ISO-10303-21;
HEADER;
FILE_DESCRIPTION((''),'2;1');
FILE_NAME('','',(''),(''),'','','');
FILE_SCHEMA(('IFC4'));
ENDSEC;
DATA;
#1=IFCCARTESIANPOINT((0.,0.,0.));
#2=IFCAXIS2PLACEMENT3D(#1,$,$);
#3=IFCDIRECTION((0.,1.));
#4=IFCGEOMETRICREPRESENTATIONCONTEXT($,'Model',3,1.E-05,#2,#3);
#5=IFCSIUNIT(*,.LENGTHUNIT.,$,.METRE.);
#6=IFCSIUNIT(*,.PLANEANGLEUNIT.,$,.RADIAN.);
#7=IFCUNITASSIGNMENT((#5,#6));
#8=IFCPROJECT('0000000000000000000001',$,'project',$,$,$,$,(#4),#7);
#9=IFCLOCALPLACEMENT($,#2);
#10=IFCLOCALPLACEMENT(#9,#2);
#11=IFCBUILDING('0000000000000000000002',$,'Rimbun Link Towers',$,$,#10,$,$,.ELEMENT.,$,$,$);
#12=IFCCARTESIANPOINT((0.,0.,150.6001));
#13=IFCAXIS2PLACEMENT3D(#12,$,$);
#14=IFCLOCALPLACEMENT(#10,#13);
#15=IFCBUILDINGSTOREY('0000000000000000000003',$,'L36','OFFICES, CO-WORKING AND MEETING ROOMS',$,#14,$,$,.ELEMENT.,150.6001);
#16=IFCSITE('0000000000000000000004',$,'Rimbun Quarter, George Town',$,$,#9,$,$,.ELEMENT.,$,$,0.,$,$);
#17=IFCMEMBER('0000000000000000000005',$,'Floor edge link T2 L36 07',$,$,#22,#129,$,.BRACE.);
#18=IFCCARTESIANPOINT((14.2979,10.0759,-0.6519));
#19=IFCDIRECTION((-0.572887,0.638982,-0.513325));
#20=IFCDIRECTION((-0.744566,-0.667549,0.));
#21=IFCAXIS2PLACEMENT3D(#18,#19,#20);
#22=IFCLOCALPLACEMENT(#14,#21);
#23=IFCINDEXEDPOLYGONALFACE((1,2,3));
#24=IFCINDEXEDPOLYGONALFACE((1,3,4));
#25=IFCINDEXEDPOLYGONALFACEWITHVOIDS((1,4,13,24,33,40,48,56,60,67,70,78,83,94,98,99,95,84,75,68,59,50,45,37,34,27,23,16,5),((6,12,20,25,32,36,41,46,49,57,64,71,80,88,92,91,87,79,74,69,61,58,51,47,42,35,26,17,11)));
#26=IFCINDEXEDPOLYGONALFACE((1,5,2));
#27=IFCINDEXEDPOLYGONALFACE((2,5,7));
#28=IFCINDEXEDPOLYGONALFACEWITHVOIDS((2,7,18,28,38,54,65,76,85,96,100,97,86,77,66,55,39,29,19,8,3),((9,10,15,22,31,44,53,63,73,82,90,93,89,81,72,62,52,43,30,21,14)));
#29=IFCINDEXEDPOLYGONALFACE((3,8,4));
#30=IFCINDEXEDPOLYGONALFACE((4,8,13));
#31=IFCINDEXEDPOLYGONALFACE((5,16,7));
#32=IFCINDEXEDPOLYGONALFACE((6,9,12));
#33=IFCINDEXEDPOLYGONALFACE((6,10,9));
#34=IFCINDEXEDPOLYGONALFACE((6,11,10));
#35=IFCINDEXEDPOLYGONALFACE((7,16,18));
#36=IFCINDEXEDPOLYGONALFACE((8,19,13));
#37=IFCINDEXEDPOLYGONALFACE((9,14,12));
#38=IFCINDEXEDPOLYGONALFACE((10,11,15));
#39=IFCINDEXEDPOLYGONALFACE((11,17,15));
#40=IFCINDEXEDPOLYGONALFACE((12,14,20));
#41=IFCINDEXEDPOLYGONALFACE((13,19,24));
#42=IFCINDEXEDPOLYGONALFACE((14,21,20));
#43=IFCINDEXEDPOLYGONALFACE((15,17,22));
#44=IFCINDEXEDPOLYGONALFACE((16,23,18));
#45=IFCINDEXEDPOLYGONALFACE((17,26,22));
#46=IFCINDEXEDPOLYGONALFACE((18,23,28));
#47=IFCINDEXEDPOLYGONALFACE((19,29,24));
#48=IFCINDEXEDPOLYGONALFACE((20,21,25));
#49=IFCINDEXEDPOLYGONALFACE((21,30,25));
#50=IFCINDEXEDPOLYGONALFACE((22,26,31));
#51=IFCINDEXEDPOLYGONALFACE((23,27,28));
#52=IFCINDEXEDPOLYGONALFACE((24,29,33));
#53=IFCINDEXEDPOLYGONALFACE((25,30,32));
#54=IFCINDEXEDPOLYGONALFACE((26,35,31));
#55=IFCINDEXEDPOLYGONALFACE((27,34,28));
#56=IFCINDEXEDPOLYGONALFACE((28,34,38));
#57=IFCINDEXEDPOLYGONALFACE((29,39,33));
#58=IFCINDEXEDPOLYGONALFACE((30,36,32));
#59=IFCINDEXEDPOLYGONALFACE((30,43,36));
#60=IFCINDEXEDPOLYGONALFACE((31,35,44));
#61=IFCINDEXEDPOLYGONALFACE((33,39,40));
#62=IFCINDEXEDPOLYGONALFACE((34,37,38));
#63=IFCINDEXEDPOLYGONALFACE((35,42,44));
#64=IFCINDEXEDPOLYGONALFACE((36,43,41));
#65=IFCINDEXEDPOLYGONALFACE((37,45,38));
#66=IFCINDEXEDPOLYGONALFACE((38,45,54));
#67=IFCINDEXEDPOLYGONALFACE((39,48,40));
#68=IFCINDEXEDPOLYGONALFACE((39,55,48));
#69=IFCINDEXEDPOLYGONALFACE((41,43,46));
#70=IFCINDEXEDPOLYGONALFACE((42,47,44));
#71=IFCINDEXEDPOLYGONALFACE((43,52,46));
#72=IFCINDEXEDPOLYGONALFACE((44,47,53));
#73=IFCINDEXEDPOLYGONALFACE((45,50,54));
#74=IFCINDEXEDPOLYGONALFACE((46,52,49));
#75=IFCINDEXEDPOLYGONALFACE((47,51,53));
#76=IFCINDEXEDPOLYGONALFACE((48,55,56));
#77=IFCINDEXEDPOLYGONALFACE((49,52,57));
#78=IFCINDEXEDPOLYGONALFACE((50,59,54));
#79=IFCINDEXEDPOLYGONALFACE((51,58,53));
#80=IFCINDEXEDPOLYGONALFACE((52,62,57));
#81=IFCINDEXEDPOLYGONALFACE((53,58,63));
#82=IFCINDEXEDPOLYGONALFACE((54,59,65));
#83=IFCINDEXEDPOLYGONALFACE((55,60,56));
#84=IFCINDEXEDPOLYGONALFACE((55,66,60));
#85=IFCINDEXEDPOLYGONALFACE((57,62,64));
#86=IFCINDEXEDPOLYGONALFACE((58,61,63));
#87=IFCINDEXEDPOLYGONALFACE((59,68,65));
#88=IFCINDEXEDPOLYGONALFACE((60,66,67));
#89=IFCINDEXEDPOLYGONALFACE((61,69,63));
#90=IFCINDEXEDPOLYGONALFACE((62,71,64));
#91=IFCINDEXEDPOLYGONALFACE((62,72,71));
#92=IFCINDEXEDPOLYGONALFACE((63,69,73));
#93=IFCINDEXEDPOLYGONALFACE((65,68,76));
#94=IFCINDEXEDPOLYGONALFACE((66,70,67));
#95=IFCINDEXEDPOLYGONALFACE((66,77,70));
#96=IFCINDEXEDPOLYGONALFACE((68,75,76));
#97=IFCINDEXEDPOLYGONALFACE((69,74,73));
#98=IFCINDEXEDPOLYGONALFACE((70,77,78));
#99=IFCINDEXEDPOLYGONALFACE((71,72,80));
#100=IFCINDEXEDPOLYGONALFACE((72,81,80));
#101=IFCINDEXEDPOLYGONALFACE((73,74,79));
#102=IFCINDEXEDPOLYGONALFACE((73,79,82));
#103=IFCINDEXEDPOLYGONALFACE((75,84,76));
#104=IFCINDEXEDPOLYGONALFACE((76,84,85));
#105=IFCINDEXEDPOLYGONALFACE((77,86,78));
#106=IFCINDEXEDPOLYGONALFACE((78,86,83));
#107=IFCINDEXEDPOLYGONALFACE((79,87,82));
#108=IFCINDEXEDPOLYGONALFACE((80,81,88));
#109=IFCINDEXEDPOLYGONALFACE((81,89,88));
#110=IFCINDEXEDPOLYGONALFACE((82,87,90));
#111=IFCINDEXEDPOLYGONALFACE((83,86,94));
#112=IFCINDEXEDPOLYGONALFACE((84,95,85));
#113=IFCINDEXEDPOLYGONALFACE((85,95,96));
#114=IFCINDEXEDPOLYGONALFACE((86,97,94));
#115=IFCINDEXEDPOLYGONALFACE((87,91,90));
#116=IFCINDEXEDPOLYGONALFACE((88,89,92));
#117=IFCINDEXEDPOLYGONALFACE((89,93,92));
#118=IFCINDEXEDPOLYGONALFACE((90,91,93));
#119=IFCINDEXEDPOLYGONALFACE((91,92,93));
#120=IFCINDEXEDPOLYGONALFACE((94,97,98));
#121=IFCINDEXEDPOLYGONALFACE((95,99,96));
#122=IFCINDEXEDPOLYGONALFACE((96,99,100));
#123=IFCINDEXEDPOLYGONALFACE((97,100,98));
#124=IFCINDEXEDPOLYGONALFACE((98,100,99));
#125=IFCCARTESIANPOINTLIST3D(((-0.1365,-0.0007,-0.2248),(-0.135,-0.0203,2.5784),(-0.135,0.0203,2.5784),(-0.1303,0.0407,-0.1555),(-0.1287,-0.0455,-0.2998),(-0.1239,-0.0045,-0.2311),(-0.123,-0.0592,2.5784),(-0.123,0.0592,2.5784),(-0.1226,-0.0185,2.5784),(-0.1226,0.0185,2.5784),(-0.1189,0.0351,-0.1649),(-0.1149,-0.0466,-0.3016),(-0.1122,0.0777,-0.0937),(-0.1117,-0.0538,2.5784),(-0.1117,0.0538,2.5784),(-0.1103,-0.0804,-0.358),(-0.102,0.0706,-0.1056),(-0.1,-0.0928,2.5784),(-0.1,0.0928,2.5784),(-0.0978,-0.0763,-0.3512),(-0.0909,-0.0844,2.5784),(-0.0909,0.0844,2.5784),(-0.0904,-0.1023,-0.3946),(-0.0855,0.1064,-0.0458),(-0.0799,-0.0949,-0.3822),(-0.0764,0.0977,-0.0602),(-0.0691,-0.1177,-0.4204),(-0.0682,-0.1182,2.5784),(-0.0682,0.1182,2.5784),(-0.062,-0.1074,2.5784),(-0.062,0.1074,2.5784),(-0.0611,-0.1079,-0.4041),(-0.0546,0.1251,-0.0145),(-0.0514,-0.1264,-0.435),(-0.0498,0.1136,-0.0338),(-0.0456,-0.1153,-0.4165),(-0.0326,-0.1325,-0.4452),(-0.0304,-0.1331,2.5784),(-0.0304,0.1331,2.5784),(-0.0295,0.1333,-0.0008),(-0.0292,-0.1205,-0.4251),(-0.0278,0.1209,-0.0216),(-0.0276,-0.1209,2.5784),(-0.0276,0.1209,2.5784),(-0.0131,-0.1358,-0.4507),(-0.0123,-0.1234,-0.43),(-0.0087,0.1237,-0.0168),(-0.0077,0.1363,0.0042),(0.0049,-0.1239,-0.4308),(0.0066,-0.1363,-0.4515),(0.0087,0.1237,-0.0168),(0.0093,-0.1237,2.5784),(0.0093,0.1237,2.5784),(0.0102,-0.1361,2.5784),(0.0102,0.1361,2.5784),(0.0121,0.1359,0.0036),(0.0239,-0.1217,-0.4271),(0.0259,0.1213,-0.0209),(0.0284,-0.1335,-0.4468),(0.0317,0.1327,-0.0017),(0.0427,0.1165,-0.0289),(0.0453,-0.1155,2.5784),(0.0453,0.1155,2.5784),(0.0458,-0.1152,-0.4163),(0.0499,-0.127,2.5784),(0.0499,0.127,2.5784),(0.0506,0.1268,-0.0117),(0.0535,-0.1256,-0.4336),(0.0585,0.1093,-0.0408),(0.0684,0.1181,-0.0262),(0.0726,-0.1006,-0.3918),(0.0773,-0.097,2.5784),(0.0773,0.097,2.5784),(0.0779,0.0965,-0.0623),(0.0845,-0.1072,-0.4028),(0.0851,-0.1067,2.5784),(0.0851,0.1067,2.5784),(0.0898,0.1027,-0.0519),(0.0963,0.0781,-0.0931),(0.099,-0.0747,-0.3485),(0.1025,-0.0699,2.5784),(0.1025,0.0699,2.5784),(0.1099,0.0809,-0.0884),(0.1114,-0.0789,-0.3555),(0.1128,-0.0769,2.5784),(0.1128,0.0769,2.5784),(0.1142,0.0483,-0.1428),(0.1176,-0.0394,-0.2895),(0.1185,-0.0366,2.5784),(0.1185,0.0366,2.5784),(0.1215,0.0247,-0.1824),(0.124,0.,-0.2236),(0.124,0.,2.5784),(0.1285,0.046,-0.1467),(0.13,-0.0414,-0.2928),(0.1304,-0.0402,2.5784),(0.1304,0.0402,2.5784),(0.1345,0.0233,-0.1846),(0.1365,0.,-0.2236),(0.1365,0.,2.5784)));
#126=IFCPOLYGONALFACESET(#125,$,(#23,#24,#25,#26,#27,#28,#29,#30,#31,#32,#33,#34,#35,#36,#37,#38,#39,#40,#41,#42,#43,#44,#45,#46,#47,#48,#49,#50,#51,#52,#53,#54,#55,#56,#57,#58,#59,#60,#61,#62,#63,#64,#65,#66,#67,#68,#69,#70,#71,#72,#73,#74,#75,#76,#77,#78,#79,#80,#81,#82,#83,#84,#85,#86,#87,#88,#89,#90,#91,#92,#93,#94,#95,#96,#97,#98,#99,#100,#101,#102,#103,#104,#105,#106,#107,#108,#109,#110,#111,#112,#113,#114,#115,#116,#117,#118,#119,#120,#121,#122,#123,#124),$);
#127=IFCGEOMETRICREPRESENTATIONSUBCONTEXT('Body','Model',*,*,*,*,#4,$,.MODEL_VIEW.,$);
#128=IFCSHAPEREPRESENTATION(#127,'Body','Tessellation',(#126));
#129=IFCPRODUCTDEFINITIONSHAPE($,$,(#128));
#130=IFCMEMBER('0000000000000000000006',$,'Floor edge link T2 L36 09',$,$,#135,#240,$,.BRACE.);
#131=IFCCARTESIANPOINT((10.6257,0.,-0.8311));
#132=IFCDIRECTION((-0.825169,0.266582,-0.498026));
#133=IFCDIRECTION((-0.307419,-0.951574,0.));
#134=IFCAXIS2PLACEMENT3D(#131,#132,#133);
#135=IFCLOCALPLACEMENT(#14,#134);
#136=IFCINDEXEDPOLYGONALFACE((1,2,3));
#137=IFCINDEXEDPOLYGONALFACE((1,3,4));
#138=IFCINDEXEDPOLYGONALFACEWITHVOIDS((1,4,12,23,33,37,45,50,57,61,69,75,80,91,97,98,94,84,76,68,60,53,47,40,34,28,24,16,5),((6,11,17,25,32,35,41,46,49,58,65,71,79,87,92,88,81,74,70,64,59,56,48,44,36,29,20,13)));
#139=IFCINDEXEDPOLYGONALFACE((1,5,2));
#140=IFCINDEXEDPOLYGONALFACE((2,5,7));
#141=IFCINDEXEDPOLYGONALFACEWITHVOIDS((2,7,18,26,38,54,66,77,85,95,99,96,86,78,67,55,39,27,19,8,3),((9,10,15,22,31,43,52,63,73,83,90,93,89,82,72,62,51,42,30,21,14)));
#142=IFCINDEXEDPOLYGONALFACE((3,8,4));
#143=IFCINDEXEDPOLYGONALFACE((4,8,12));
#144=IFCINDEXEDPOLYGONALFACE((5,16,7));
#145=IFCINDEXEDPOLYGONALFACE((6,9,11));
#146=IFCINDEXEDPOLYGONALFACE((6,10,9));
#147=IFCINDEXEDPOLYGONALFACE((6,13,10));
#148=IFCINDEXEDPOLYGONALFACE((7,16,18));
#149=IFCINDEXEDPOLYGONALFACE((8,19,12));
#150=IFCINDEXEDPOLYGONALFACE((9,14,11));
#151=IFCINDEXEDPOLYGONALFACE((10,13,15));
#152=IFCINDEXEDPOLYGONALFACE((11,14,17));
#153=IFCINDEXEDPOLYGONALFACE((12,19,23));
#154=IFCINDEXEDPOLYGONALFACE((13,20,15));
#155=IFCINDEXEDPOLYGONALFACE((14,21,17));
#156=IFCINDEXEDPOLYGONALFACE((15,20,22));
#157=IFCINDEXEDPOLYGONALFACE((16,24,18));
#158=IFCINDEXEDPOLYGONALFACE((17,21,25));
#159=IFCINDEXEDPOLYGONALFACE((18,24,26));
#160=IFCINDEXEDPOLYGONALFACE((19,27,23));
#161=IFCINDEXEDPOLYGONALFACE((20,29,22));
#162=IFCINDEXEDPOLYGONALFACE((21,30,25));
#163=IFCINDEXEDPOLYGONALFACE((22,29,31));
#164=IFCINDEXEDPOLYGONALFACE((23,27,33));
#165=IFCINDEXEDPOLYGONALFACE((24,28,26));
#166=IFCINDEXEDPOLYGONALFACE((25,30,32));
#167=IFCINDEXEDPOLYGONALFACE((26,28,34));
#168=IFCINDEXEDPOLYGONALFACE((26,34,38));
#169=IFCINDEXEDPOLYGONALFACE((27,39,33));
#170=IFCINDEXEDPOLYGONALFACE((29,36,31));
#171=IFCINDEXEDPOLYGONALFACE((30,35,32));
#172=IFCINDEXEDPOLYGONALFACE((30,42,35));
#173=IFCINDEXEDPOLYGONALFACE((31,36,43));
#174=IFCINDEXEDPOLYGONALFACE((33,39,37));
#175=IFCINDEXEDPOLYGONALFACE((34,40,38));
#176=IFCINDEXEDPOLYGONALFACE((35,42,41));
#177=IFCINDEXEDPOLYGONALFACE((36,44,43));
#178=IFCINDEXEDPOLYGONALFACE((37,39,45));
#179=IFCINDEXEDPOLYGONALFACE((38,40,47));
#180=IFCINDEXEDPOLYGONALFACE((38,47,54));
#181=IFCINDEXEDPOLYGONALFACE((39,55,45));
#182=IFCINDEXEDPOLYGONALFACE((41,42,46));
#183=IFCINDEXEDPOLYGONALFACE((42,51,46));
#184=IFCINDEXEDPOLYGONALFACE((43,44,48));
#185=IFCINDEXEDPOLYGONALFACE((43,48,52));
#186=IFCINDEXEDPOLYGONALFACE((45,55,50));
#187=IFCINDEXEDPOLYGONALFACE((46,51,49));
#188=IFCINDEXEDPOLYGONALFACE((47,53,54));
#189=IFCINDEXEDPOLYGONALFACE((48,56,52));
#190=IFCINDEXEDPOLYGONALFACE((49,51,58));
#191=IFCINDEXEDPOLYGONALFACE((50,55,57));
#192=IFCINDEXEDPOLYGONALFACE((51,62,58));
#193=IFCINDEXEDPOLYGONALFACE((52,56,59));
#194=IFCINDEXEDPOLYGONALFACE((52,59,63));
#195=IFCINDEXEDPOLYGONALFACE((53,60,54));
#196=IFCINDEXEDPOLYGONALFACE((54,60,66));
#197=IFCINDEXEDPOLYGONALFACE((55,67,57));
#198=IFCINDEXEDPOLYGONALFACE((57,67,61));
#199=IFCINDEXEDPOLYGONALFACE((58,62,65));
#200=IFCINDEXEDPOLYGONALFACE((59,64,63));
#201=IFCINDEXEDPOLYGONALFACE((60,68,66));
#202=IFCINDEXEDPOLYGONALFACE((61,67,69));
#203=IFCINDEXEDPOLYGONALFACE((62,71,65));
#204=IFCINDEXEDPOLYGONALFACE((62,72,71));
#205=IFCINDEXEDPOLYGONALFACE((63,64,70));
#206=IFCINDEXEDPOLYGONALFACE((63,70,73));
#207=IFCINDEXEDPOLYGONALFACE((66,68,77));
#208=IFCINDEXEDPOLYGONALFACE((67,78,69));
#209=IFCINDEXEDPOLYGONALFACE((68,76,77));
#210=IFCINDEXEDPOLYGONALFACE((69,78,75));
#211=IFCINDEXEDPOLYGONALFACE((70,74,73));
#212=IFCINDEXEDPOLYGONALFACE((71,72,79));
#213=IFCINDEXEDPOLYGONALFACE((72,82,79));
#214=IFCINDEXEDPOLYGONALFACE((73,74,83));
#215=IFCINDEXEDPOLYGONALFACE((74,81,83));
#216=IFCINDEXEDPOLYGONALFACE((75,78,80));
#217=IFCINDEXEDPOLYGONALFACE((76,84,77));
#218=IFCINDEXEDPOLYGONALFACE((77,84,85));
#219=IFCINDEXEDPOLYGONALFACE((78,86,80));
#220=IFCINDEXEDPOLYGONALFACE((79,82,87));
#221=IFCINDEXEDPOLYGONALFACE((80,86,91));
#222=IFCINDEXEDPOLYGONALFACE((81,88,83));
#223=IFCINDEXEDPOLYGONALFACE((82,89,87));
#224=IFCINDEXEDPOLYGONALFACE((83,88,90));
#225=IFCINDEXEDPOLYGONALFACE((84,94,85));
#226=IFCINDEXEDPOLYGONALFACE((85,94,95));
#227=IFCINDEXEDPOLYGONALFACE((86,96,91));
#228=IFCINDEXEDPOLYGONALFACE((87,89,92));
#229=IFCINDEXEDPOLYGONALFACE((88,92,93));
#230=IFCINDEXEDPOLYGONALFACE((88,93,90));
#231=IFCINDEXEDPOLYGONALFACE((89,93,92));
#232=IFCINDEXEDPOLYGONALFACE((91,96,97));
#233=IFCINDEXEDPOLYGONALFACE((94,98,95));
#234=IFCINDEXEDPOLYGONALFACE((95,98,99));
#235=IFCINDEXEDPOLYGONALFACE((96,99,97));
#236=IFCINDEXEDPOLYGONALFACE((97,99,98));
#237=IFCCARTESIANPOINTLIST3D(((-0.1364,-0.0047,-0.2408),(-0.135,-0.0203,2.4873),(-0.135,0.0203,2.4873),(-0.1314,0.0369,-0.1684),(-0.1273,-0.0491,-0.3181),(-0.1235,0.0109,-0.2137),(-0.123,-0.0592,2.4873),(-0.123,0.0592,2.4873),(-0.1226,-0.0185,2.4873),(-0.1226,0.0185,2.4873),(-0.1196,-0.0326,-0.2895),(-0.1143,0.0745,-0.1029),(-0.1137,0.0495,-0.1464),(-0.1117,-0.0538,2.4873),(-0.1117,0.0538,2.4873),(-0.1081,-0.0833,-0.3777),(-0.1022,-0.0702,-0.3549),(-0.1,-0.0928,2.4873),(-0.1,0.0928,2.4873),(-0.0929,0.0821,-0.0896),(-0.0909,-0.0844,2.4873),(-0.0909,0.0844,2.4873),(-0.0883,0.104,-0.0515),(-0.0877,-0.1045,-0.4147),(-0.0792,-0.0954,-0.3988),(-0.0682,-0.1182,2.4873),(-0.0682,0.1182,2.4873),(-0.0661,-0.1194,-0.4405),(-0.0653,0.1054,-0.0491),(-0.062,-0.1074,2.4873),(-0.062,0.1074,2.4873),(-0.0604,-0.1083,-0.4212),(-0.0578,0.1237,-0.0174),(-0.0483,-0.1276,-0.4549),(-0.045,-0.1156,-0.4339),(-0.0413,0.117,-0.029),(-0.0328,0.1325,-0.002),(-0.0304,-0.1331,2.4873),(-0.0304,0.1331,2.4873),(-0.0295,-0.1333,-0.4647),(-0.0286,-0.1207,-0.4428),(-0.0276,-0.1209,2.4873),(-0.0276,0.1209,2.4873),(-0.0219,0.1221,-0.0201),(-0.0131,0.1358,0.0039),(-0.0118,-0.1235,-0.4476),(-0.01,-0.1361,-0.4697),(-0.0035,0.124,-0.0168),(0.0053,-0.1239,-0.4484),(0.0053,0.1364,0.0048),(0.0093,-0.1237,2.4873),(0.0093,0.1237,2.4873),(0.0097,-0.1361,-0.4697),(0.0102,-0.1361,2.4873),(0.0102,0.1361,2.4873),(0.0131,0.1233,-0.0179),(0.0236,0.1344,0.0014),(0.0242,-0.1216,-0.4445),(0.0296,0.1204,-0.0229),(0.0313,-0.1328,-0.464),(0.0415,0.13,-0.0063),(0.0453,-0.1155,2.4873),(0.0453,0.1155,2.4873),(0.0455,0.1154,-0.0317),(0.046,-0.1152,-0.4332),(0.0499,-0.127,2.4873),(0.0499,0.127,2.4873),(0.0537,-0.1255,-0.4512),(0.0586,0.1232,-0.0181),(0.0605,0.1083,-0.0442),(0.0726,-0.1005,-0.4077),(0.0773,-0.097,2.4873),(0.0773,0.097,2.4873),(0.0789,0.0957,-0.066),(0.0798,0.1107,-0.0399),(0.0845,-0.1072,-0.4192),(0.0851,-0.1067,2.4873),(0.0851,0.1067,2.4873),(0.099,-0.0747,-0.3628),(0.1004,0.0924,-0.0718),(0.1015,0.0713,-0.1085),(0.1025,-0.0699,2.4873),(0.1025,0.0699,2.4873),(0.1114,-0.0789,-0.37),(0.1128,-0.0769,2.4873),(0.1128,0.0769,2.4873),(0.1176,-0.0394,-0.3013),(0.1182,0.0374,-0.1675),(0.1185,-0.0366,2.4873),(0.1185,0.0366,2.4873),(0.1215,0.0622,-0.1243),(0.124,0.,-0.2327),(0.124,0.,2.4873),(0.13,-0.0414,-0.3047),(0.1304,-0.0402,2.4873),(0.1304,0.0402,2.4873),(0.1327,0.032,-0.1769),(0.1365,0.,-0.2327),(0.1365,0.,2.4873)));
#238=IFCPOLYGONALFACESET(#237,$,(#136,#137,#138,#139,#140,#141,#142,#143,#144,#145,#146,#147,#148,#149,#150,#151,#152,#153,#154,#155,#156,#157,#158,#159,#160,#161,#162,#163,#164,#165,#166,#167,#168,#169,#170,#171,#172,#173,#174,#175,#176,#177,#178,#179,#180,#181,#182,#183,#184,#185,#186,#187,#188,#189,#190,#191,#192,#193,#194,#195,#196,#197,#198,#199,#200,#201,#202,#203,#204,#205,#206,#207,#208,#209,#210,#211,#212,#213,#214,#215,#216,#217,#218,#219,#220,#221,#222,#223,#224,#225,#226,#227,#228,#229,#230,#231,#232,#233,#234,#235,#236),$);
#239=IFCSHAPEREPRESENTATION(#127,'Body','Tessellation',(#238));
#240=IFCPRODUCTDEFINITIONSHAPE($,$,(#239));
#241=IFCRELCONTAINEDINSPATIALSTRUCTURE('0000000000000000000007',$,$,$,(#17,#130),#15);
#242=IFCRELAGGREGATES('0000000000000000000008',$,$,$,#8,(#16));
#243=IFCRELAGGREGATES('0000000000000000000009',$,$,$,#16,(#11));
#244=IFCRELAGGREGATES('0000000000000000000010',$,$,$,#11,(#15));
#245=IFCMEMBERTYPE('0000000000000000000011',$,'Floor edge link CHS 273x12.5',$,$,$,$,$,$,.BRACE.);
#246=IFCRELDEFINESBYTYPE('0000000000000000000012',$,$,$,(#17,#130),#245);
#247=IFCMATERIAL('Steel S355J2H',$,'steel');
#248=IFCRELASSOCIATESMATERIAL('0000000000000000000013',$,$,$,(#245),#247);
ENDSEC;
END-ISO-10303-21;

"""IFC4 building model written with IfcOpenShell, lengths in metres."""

from ifc_helpers import new_model, si_unit, direction, frame, origin, origin_2d, place, context, subcontext, project, spatial, hollow_circle, extrude, clip, halfspace, material, material_profile, profile_set, type_object, element, save


model = new_model("IFC4")

# Units and contexts
model_context = context("Model", 3, precision=1e-05, world=origin(), true_north=direction((0.0, 1.0)))
body_context = subcontext(model_context, "Body", "Model", "MODEL_VIEW")
ifc_project = project(units=[si_unit("LENGTHUNIT", "METRE"), si_unit("PLANEANGLEUNIT", "RADIAN")], contexts=[model_context])

# Site, building, storey
site_placement = place(None, origin())
site = spatial("IfcSite", under=ifc_project, at=site_placement, Name="Rimbun Quarter, George Town", CompositionType="ELEMENT", RefElevation=0.0)
building_placement = place(site_placement, origin())
building = spatial("IfcBuilding", under=site, at=building_placement, Name="Rimbun Link Towers", CompositionType="ELEMENT")
storey_placement = place(building_placement, frame((0.0, 0.0, 150.6001)))
storey = spatial("IfcBuildingStorey", under=building, at=storey_placement, Name="L36", Description="OFFICES, CO-WORKING AND MEETING ROOMS", CompositionType="ELEMENT", Elevation=150.6001)

# Members
ifc_material_1 = material(Name="Steel S355J2H", Category="steel")
ifc_material_profile_1 = material_profile(ifc_material_1, hollow_circle(Radius=0.1365, WallThickness=0.0125, at=origin_2d()), Name="CHS 273x12.5")
ifc_profile_set_1 = profile_set([ifc_material_profile_1], Name="Steel S355J2H")
member_type_1 = type_object("IfcMemberType", Name="Floor edge link CHS 273x12.5", PredefinedType="BRACE", material=ifc_profile_set_1)
member_1_placement = place(storey_placement, frame((14.2979, 10.0759, -0.6519), z_axis=(-0.572887, 0.638982, -0.513325), x_axis=(-0.744566, -0.667549, 0.0)))
element("IfcMember", 1, at=member_1_placement, inside=storey, type_object=member_type_1, Name="Floor edge link T2 L36 07", PredefinedType="BRACE", context=body_context, shape_type="Clipping", body=[
    clip(extrude(hollow_circle(Radius=0.1365, WallThickness=0.0125, at=origin_2d()), frame((0.0, 0.0, -0.4758)), (0.0, 0.0, 1.0), 3.0542), halfspace(frame((0.0, 0.0, -0.2236), z_axis=(0.0, 0.858194, -0.513325)), False)),
])
member_2_placement = place(storey_placement, frame((10.6257, 0.0, -0.8311), z_axis=(-0.825169, 0.266582, -0.498026), x_axis=(-0.307419, -0.951574, 0.0)))
element("IfcMember", 2, at=member_2_placement, inside=storey, type_object=member_type_1, Name="Floor edge link T2 L36 09", PredefinedType="BRACE", context=body_context, shape_type="Clipping", body=[
    clip(extrude(hollow_circle(Radius=0.1365, WallThickness=0.0125, at=origin_2d()), frame((0.0, 0.0, -0.4954)), (0.0, 0.0, 1.0), 2.9827), halfspace(frame((0.0, 0.0, -0.2327), z_axis=(0.0, 0.867162, -0.498026)), False)),
])

save(model, "model.ifc")
